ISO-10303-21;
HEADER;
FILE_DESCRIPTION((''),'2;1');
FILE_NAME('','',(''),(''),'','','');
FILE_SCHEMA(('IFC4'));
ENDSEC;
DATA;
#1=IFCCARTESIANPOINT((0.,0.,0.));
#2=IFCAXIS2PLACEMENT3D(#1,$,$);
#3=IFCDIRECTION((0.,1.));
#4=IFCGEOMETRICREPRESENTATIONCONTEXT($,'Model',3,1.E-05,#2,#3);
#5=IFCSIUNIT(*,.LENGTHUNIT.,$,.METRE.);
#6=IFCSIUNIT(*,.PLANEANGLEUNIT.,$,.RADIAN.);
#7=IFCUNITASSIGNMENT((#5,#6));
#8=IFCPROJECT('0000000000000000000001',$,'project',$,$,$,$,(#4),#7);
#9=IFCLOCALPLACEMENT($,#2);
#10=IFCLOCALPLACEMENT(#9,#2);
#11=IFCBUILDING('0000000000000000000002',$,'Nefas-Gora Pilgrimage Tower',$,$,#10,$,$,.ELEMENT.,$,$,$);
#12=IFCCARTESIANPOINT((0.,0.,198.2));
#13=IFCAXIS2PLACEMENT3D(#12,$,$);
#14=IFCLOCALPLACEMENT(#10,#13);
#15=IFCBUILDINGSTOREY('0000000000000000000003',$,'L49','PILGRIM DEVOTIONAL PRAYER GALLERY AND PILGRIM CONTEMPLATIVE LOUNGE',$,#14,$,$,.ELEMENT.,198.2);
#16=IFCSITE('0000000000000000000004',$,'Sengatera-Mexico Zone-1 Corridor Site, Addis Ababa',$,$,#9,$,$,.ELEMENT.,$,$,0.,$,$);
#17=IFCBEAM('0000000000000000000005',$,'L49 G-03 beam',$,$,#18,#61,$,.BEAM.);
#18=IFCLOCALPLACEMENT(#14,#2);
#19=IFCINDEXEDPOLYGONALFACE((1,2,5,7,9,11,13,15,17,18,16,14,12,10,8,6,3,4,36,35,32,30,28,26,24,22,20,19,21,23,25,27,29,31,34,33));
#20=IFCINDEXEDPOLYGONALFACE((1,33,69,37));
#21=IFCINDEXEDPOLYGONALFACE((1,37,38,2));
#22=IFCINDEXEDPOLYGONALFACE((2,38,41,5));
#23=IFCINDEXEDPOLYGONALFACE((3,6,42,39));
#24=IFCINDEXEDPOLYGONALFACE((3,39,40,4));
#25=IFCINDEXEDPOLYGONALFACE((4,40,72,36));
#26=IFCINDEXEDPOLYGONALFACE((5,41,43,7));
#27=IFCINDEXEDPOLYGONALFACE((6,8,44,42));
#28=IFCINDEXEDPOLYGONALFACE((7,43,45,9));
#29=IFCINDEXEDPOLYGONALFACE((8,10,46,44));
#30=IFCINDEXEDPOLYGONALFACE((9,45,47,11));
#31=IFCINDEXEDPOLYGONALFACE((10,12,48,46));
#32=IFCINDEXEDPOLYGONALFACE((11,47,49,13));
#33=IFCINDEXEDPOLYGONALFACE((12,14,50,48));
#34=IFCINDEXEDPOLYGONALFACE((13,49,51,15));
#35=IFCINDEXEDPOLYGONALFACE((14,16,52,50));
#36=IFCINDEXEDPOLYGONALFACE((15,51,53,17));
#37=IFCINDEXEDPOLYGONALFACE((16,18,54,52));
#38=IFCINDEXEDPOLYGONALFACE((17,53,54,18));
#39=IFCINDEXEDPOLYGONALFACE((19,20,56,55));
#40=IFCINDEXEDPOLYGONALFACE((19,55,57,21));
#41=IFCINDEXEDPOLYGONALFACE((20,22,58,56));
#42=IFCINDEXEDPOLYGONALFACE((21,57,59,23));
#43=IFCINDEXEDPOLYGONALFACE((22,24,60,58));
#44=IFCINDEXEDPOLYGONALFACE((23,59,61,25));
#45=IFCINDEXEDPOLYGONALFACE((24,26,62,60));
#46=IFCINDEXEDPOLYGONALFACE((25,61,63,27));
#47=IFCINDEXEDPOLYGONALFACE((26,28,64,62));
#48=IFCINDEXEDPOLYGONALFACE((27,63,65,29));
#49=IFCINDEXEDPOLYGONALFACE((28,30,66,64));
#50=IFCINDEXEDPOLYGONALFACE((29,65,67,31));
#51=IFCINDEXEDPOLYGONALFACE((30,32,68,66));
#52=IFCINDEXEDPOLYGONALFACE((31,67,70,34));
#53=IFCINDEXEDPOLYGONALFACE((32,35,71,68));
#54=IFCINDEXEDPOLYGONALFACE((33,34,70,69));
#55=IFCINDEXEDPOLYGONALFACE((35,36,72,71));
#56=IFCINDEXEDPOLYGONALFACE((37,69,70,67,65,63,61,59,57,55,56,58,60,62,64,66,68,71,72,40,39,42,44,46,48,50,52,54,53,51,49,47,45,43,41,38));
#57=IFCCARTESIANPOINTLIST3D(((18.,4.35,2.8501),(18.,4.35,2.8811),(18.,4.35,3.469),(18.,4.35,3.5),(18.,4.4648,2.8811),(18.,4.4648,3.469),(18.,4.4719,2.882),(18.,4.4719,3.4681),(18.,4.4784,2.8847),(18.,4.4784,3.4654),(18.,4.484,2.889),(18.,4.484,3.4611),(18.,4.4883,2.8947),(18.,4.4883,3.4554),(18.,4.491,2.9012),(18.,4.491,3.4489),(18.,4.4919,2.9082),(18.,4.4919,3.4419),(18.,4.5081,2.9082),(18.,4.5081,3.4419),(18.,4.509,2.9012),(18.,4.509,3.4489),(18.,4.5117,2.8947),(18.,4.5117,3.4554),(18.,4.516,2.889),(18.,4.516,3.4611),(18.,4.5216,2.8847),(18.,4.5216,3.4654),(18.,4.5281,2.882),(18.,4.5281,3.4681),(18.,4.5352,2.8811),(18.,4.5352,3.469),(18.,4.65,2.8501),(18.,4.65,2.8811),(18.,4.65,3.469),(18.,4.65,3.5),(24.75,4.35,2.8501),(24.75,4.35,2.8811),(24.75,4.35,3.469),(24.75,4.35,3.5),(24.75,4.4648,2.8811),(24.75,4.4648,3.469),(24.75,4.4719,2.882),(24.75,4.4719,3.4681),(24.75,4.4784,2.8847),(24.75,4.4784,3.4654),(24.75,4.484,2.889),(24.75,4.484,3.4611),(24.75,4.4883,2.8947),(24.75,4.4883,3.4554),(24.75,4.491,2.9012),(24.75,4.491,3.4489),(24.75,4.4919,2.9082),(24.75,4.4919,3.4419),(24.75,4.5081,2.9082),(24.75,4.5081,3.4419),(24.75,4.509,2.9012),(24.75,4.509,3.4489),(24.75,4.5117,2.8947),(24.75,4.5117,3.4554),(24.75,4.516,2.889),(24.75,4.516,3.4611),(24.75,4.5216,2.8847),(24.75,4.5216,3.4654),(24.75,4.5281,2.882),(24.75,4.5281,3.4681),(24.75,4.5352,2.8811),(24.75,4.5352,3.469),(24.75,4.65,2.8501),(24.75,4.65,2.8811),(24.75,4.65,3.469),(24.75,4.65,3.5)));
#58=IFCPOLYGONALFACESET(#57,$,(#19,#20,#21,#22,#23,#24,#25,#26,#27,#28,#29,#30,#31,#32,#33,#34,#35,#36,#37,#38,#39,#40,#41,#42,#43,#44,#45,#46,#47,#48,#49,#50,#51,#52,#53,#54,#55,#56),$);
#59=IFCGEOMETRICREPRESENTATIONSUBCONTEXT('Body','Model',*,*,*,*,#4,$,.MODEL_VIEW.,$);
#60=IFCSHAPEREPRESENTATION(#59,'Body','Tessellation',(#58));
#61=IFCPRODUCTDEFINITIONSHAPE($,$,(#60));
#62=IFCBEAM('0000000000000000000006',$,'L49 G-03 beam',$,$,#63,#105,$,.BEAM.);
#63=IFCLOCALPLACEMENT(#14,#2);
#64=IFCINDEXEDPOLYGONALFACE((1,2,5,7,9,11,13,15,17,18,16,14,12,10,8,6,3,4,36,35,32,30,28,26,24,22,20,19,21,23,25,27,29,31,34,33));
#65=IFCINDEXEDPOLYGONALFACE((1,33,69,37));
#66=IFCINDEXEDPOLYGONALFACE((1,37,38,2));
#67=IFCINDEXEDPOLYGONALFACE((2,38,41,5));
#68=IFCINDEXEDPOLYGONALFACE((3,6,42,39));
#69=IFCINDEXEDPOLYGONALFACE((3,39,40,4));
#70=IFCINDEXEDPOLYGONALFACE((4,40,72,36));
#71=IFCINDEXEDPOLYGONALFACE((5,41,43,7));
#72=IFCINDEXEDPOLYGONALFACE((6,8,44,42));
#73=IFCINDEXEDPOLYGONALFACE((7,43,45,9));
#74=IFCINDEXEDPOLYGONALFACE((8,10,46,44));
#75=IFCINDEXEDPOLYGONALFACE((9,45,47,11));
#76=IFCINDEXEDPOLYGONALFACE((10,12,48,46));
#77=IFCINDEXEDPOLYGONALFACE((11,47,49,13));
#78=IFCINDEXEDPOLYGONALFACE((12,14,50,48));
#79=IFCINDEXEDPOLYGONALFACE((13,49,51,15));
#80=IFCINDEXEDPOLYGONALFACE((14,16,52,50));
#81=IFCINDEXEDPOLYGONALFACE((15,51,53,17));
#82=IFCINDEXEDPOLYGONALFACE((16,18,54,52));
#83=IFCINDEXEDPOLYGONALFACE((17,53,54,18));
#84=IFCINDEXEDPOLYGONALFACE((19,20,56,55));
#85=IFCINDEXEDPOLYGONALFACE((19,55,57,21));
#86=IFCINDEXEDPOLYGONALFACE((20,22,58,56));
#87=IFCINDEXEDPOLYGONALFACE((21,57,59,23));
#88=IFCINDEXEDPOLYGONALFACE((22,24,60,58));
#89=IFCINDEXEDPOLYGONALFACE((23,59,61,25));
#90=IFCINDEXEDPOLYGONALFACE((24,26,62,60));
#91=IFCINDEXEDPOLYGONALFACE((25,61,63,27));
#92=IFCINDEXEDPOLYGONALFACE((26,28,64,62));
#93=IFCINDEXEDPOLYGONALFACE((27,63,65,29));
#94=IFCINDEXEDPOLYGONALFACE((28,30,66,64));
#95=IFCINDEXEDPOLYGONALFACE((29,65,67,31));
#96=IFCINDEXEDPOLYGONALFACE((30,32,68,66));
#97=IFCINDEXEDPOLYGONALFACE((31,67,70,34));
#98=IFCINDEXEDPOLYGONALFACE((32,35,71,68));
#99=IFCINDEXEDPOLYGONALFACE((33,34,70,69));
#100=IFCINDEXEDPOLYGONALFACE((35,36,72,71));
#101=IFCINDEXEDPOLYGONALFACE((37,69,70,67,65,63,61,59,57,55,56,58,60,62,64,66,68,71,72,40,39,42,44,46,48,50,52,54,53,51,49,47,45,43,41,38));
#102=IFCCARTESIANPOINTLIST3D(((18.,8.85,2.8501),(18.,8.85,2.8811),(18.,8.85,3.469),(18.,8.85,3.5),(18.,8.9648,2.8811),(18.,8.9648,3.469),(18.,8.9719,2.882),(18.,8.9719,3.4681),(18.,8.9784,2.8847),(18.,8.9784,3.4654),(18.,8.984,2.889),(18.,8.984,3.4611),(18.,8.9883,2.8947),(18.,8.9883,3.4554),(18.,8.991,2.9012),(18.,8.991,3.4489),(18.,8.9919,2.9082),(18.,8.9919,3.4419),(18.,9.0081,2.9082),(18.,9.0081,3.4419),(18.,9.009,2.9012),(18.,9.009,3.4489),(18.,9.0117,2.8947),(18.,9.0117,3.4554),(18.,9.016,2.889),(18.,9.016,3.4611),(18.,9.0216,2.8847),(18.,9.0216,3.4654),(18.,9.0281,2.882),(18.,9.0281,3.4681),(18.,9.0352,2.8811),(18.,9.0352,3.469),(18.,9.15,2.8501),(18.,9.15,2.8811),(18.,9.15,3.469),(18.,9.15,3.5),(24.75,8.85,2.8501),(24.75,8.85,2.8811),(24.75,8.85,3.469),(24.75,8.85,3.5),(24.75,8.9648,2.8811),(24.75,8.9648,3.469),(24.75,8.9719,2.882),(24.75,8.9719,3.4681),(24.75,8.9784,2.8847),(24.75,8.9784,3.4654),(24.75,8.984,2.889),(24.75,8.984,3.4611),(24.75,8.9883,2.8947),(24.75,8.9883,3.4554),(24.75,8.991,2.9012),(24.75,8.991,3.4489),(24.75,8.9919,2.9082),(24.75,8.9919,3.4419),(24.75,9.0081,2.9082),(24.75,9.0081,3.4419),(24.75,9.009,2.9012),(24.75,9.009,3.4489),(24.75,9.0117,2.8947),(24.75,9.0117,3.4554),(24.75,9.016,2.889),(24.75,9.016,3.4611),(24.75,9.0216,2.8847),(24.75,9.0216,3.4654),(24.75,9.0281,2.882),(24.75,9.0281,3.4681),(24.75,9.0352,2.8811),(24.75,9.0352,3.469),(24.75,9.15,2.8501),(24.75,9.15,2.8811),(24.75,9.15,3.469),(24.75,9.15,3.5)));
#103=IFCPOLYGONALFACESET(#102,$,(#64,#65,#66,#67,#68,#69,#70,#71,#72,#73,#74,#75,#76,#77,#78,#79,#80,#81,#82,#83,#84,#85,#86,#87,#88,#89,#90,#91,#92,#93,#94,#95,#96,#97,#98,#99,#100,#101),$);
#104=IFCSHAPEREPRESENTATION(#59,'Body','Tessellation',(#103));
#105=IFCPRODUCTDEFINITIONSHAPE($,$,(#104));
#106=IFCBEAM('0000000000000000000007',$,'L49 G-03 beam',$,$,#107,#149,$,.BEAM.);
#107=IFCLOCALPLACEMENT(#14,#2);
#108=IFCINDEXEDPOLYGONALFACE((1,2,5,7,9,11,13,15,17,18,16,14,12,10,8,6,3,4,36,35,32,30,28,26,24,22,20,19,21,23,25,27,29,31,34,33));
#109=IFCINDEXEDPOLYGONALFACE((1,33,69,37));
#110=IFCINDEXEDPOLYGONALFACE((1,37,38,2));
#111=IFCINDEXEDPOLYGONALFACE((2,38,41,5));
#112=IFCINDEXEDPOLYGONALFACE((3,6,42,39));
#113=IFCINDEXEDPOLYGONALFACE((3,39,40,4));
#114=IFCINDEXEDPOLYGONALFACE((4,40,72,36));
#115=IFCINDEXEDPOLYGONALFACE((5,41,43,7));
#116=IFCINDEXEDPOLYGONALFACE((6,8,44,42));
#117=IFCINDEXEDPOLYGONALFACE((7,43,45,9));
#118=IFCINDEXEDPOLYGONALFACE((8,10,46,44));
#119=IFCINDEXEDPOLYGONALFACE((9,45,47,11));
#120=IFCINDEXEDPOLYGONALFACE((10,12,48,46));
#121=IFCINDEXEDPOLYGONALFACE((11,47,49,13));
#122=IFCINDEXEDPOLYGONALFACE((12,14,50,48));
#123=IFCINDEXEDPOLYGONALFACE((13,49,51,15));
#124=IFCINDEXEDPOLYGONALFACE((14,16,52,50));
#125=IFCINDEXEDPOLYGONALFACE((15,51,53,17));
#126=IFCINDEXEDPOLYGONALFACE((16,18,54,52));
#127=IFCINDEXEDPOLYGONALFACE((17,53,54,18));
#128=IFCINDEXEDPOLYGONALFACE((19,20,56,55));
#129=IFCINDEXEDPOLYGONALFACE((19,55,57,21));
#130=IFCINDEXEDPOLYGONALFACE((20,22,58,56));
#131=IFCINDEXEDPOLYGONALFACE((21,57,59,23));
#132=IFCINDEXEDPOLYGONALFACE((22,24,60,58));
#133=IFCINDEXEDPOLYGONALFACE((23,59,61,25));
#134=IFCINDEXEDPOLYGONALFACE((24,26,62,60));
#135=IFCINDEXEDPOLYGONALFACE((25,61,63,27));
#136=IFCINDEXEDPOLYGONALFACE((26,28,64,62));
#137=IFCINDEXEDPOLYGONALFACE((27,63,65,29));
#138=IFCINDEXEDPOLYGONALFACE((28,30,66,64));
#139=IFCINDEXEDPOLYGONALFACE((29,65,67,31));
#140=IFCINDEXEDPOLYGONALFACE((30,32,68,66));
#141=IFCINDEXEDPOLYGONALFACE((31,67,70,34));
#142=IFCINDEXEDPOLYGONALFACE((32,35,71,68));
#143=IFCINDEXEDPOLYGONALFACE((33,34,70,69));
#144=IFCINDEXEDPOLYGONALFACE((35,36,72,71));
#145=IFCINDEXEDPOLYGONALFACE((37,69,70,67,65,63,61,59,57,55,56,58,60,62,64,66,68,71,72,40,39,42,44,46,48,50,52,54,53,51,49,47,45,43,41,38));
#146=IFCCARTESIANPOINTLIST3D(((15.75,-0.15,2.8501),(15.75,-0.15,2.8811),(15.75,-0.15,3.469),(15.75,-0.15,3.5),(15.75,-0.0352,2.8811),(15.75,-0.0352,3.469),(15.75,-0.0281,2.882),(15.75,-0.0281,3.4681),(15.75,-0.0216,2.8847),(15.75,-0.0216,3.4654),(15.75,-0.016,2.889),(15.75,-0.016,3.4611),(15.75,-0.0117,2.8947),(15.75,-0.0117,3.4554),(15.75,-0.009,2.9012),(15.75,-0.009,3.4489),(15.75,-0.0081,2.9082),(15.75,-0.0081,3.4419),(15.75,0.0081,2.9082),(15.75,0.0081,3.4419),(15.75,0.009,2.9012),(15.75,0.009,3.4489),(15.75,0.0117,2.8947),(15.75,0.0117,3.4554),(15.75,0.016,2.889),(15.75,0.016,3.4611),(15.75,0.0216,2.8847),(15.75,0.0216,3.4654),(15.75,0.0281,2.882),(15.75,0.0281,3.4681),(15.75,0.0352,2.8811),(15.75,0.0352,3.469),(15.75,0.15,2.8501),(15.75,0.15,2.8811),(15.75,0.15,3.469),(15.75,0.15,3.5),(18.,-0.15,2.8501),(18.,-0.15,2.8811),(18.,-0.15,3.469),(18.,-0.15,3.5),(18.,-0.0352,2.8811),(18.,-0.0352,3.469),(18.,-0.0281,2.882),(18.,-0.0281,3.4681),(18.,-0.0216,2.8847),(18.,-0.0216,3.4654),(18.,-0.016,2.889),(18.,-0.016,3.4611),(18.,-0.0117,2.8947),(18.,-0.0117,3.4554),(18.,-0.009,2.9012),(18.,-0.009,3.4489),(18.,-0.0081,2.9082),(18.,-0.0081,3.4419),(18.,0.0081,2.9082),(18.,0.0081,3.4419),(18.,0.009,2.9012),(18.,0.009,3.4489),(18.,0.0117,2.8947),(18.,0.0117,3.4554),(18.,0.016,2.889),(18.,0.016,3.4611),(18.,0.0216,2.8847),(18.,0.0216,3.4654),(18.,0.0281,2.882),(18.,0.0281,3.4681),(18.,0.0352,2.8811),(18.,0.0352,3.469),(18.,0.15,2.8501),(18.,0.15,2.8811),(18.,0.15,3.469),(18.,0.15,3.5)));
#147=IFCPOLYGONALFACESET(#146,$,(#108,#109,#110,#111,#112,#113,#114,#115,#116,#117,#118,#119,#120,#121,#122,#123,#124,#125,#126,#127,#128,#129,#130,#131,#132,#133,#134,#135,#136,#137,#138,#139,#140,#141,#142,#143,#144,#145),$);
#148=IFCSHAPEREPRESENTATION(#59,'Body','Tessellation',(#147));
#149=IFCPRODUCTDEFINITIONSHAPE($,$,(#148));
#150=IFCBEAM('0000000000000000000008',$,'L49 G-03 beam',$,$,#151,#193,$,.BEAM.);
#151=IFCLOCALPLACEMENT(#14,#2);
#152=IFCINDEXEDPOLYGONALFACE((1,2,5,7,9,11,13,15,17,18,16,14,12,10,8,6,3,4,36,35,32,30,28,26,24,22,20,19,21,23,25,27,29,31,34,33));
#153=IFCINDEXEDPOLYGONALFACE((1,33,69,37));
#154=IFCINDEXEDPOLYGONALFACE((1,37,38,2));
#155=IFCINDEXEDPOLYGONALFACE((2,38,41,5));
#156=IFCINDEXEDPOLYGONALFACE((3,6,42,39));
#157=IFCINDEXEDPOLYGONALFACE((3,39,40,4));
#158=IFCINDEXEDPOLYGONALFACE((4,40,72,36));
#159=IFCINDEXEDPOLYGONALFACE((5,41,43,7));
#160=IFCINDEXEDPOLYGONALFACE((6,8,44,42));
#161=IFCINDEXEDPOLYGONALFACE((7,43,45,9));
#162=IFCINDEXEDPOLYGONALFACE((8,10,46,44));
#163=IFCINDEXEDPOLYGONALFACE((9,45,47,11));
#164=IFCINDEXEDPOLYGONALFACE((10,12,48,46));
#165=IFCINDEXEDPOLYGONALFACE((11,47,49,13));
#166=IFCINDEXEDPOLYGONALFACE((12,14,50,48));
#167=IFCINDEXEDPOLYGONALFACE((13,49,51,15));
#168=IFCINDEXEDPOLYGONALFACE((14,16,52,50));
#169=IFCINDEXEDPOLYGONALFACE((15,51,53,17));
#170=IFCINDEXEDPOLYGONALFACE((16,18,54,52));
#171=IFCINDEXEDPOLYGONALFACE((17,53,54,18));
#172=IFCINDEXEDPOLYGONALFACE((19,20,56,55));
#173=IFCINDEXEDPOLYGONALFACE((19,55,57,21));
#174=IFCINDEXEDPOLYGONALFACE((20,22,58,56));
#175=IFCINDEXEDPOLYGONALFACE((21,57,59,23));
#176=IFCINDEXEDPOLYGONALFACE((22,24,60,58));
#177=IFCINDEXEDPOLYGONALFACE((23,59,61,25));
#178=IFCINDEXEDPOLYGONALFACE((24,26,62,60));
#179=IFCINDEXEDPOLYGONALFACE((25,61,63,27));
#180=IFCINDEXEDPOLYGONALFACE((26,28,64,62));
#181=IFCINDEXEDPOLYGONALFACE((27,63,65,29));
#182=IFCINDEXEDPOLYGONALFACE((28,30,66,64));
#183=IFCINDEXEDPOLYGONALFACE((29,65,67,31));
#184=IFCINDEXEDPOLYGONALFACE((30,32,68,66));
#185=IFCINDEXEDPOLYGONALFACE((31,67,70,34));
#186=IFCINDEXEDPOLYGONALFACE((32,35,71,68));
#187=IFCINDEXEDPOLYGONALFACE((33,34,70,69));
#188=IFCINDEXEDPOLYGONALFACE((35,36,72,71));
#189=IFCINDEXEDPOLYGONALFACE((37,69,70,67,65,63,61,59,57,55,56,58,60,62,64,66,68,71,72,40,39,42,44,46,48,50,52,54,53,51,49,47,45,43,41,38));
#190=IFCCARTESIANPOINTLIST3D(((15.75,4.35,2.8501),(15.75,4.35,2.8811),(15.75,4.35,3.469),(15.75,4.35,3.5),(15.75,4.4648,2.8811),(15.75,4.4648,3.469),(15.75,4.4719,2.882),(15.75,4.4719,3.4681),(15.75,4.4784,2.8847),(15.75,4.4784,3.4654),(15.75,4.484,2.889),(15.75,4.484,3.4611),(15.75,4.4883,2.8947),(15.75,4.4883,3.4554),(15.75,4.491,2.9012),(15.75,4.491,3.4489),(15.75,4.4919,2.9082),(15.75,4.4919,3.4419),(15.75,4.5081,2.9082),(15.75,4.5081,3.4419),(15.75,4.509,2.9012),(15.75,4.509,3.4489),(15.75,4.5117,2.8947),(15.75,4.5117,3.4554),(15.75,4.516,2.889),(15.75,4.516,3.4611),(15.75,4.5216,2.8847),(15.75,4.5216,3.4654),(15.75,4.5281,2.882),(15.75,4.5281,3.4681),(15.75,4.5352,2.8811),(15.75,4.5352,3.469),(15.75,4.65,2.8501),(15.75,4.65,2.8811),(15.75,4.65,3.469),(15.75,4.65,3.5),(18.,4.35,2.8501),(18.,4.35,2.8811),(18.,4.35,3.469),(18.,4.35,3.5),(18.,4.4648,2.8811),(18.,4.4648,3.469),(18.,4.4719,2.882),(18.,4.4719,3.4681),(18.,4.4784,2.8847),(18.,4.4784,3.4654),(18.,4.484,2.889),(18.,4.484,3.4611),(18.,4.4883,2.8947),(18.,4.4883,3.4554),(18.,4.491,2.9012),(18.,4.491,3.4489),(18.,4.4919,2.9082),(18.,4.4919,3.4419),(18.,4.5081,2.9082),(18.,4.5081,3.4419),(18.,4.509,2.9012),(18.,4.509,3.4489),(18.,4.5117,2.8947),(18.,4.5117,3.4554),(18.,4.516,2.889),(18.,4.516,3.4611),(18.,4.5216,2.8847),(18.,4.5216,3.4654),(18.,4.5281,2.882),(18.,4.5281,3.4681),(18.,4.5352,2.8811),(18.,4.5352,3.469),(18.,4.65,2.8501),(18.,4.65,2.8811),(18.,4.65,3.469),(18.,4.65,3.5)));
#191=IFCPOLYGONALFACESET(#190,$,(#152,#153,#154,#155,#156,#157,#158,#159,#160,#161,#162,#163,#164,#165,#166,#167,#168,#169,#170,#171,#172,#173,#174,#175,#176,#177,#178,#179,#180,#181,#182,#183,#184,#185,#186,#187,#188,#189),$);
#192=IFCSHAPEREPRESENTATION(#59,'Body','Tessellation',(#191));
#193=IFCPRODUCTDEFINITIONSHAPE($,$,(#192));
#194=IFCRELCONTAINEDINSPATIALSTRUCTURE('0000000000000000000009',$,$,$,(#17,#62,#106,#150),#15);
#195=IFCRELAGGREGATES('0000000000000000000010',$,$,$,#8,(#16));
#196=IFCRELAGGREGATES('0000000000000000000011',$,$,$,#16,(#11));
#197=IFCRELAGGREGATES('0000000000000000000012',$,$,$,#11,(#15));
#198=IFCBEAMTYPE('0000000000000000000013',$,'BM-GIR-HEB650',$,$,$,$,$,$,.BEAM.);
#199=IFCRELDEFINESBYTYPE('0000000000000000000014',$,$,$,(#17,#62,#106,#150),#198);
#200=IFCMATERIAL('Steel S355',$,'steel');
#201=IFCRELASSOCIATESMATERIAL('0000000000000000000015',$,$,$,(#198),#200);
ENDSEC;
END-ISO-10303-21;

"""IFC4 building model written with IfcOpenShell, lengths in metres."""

from ifc_helpers import new_model, si_unit, direction, frame, origin, origin_2d, place, context, subcontext, project, spatial, i_section, extrude, source, transform, mapped, material, material_profile, profile_set, type_object, element, save


model = new_model("IFC4")

# Units and contexts
model_context = context("Model", 3, precision=1e-05, world=origin(), true_north=direction((0.0, 1.0)))
body_context = subcontext(model_context, "Body", "Model", "MODEL_VIEW")
ifc_project = project(units=[si_unit("LENGTHUNIT", "METRE"), si_unit("PLANEANGLEUNIT", "RADIAN")], contexts=[model_context])

# Site, building, storey
site_placement = place(None, origin())
site = spatial("IfcSite", under=ifc_project, at=site_placement, Name="Sengatera-Mexico Zone-1 Corridor Site, Addis Ababa", CompositionType="ELEMENT", RefElevation=0.0)
building_placement = place(site_placement, origin())
building = spatial("IfcBuilding", under=site, at=building_placement, Name="Nefas-Gora Pilgrimage Tower", CompositionType="ELEMENT")
storey_placement = place(building_placement, frame((0.0, 0.0, 198.2)))
storey = spatial("IfcBuildingStorey", under=building, at=storey_placement, Name="L49", Description="PILGRIM DEVOTIONAL PRAYER GALLERY AND PILGRIM CONTEMPLATIVE LOUNGE", CompositionType="ELEMENT", Elevation=198.2)

# Beams
ifc_material_1 = material(Name="Steel S355", Category="steel")
ifc_material_profile_1 = material_profile(ifc_material_1, i_section(OverallWidth=0.3, OverallDepth=0.6499, WebThickness=0.0161, FlangeThickness=0.031, FilletRadius=0.0271, at=origin_2d()), Name="HEB 650")
ifc_profile_set_1 = profile_set([ifc_material_profile_1], Name="Steel S355")
beam_type_1 = type_object("IfcBeamType", Name="BM-GIR-HEB650", PredefinedType="BEAM", material=ifc_profile_set_1)
shared_shape_1 = source(origin(), body_context, "Body", "SweptSolid", [
    extrude(i_section(OverallWidth=0.3, OverallDepth=0.6499, WebThickness=0.0161, FlangeThickness=0.031, FilletRadius=0.0271, at=origin_2d()), origin(), (0.0, 0.0, 1.0), 6.75),
])
for number, where, z_axis, x_axis, name in (
    (1, (18.0, 4.5, 3.175), (1.0, 0.0, 0.0), (0.0, 1.0, 0.0), "L49 G-03 beam"),
    (2, (18.0, 9.0, 3.175), (1.0, 0.0, 0.0), (0.0, 1.0, 0.0), "L49 G-03 beam"),
):
    element("IfcBeam", number, at=place(storey_placement, frame(where, z_axis=z_axis, x_axis=x_axis)), inside=storey, type_object=beam_type_1, Name=name, PredefinedType="BEAM", context=body_context, shape_type="MappedRepresentation", body=[
        mapped(shared_shape_1, transform((0.0, 0.0, 0.0), x_axis=(1.0, 0.0, 0.0), y_axis=(0.0, 1.0, 0.0), z_axis=(0.0, 0.0, 1.0), scale=1.0)),
    ])
shared_shape_2 = source(origin(), body_context, "Body", "SweptSolid", [
    extrude(i_section(OverallWidth=0.3, OverallDepth=0.6499, WebThickness=0.0161, FlangeThickness=0.031, FilletRadius=0.0271, at=origin_2d()), origin(), (0.0, 0.0, 1.0), 2.25),
])
for number, where, z_axis, x_axis, name in (
    (3, (15.75, 0.0, 3.175), (1.0, 0.0, 0.0), (0.0, 1.0, 0.0), "L49 G-03 beam"),
    (4, (15.75, 4.5, 3.175), (1.0, 0.0, 0.0), (0.0, 1.0, 0.0), "L49 G-03 beam"),
):
    element("IfcBeam", number, at=place(storey_placement, frame(where, z_axis=z_axis, x_axis=x_axis)), inside=storey, type_object=beam_type_1, Name=name, PredefinedType="BEAM", context=body_context, shape_type="MappedRepresentation", body=[
        mapped(shared_shape_2, transform((0.0, 0.0, 0.0), x_axis=(1.0, 0.0, 0.0), y_axis=(0.0, 1.0, 0.0), z_axis=(0.0, 0.0, 1.0), scale=1.0)),
    ])

save(model, "model.ifc")
